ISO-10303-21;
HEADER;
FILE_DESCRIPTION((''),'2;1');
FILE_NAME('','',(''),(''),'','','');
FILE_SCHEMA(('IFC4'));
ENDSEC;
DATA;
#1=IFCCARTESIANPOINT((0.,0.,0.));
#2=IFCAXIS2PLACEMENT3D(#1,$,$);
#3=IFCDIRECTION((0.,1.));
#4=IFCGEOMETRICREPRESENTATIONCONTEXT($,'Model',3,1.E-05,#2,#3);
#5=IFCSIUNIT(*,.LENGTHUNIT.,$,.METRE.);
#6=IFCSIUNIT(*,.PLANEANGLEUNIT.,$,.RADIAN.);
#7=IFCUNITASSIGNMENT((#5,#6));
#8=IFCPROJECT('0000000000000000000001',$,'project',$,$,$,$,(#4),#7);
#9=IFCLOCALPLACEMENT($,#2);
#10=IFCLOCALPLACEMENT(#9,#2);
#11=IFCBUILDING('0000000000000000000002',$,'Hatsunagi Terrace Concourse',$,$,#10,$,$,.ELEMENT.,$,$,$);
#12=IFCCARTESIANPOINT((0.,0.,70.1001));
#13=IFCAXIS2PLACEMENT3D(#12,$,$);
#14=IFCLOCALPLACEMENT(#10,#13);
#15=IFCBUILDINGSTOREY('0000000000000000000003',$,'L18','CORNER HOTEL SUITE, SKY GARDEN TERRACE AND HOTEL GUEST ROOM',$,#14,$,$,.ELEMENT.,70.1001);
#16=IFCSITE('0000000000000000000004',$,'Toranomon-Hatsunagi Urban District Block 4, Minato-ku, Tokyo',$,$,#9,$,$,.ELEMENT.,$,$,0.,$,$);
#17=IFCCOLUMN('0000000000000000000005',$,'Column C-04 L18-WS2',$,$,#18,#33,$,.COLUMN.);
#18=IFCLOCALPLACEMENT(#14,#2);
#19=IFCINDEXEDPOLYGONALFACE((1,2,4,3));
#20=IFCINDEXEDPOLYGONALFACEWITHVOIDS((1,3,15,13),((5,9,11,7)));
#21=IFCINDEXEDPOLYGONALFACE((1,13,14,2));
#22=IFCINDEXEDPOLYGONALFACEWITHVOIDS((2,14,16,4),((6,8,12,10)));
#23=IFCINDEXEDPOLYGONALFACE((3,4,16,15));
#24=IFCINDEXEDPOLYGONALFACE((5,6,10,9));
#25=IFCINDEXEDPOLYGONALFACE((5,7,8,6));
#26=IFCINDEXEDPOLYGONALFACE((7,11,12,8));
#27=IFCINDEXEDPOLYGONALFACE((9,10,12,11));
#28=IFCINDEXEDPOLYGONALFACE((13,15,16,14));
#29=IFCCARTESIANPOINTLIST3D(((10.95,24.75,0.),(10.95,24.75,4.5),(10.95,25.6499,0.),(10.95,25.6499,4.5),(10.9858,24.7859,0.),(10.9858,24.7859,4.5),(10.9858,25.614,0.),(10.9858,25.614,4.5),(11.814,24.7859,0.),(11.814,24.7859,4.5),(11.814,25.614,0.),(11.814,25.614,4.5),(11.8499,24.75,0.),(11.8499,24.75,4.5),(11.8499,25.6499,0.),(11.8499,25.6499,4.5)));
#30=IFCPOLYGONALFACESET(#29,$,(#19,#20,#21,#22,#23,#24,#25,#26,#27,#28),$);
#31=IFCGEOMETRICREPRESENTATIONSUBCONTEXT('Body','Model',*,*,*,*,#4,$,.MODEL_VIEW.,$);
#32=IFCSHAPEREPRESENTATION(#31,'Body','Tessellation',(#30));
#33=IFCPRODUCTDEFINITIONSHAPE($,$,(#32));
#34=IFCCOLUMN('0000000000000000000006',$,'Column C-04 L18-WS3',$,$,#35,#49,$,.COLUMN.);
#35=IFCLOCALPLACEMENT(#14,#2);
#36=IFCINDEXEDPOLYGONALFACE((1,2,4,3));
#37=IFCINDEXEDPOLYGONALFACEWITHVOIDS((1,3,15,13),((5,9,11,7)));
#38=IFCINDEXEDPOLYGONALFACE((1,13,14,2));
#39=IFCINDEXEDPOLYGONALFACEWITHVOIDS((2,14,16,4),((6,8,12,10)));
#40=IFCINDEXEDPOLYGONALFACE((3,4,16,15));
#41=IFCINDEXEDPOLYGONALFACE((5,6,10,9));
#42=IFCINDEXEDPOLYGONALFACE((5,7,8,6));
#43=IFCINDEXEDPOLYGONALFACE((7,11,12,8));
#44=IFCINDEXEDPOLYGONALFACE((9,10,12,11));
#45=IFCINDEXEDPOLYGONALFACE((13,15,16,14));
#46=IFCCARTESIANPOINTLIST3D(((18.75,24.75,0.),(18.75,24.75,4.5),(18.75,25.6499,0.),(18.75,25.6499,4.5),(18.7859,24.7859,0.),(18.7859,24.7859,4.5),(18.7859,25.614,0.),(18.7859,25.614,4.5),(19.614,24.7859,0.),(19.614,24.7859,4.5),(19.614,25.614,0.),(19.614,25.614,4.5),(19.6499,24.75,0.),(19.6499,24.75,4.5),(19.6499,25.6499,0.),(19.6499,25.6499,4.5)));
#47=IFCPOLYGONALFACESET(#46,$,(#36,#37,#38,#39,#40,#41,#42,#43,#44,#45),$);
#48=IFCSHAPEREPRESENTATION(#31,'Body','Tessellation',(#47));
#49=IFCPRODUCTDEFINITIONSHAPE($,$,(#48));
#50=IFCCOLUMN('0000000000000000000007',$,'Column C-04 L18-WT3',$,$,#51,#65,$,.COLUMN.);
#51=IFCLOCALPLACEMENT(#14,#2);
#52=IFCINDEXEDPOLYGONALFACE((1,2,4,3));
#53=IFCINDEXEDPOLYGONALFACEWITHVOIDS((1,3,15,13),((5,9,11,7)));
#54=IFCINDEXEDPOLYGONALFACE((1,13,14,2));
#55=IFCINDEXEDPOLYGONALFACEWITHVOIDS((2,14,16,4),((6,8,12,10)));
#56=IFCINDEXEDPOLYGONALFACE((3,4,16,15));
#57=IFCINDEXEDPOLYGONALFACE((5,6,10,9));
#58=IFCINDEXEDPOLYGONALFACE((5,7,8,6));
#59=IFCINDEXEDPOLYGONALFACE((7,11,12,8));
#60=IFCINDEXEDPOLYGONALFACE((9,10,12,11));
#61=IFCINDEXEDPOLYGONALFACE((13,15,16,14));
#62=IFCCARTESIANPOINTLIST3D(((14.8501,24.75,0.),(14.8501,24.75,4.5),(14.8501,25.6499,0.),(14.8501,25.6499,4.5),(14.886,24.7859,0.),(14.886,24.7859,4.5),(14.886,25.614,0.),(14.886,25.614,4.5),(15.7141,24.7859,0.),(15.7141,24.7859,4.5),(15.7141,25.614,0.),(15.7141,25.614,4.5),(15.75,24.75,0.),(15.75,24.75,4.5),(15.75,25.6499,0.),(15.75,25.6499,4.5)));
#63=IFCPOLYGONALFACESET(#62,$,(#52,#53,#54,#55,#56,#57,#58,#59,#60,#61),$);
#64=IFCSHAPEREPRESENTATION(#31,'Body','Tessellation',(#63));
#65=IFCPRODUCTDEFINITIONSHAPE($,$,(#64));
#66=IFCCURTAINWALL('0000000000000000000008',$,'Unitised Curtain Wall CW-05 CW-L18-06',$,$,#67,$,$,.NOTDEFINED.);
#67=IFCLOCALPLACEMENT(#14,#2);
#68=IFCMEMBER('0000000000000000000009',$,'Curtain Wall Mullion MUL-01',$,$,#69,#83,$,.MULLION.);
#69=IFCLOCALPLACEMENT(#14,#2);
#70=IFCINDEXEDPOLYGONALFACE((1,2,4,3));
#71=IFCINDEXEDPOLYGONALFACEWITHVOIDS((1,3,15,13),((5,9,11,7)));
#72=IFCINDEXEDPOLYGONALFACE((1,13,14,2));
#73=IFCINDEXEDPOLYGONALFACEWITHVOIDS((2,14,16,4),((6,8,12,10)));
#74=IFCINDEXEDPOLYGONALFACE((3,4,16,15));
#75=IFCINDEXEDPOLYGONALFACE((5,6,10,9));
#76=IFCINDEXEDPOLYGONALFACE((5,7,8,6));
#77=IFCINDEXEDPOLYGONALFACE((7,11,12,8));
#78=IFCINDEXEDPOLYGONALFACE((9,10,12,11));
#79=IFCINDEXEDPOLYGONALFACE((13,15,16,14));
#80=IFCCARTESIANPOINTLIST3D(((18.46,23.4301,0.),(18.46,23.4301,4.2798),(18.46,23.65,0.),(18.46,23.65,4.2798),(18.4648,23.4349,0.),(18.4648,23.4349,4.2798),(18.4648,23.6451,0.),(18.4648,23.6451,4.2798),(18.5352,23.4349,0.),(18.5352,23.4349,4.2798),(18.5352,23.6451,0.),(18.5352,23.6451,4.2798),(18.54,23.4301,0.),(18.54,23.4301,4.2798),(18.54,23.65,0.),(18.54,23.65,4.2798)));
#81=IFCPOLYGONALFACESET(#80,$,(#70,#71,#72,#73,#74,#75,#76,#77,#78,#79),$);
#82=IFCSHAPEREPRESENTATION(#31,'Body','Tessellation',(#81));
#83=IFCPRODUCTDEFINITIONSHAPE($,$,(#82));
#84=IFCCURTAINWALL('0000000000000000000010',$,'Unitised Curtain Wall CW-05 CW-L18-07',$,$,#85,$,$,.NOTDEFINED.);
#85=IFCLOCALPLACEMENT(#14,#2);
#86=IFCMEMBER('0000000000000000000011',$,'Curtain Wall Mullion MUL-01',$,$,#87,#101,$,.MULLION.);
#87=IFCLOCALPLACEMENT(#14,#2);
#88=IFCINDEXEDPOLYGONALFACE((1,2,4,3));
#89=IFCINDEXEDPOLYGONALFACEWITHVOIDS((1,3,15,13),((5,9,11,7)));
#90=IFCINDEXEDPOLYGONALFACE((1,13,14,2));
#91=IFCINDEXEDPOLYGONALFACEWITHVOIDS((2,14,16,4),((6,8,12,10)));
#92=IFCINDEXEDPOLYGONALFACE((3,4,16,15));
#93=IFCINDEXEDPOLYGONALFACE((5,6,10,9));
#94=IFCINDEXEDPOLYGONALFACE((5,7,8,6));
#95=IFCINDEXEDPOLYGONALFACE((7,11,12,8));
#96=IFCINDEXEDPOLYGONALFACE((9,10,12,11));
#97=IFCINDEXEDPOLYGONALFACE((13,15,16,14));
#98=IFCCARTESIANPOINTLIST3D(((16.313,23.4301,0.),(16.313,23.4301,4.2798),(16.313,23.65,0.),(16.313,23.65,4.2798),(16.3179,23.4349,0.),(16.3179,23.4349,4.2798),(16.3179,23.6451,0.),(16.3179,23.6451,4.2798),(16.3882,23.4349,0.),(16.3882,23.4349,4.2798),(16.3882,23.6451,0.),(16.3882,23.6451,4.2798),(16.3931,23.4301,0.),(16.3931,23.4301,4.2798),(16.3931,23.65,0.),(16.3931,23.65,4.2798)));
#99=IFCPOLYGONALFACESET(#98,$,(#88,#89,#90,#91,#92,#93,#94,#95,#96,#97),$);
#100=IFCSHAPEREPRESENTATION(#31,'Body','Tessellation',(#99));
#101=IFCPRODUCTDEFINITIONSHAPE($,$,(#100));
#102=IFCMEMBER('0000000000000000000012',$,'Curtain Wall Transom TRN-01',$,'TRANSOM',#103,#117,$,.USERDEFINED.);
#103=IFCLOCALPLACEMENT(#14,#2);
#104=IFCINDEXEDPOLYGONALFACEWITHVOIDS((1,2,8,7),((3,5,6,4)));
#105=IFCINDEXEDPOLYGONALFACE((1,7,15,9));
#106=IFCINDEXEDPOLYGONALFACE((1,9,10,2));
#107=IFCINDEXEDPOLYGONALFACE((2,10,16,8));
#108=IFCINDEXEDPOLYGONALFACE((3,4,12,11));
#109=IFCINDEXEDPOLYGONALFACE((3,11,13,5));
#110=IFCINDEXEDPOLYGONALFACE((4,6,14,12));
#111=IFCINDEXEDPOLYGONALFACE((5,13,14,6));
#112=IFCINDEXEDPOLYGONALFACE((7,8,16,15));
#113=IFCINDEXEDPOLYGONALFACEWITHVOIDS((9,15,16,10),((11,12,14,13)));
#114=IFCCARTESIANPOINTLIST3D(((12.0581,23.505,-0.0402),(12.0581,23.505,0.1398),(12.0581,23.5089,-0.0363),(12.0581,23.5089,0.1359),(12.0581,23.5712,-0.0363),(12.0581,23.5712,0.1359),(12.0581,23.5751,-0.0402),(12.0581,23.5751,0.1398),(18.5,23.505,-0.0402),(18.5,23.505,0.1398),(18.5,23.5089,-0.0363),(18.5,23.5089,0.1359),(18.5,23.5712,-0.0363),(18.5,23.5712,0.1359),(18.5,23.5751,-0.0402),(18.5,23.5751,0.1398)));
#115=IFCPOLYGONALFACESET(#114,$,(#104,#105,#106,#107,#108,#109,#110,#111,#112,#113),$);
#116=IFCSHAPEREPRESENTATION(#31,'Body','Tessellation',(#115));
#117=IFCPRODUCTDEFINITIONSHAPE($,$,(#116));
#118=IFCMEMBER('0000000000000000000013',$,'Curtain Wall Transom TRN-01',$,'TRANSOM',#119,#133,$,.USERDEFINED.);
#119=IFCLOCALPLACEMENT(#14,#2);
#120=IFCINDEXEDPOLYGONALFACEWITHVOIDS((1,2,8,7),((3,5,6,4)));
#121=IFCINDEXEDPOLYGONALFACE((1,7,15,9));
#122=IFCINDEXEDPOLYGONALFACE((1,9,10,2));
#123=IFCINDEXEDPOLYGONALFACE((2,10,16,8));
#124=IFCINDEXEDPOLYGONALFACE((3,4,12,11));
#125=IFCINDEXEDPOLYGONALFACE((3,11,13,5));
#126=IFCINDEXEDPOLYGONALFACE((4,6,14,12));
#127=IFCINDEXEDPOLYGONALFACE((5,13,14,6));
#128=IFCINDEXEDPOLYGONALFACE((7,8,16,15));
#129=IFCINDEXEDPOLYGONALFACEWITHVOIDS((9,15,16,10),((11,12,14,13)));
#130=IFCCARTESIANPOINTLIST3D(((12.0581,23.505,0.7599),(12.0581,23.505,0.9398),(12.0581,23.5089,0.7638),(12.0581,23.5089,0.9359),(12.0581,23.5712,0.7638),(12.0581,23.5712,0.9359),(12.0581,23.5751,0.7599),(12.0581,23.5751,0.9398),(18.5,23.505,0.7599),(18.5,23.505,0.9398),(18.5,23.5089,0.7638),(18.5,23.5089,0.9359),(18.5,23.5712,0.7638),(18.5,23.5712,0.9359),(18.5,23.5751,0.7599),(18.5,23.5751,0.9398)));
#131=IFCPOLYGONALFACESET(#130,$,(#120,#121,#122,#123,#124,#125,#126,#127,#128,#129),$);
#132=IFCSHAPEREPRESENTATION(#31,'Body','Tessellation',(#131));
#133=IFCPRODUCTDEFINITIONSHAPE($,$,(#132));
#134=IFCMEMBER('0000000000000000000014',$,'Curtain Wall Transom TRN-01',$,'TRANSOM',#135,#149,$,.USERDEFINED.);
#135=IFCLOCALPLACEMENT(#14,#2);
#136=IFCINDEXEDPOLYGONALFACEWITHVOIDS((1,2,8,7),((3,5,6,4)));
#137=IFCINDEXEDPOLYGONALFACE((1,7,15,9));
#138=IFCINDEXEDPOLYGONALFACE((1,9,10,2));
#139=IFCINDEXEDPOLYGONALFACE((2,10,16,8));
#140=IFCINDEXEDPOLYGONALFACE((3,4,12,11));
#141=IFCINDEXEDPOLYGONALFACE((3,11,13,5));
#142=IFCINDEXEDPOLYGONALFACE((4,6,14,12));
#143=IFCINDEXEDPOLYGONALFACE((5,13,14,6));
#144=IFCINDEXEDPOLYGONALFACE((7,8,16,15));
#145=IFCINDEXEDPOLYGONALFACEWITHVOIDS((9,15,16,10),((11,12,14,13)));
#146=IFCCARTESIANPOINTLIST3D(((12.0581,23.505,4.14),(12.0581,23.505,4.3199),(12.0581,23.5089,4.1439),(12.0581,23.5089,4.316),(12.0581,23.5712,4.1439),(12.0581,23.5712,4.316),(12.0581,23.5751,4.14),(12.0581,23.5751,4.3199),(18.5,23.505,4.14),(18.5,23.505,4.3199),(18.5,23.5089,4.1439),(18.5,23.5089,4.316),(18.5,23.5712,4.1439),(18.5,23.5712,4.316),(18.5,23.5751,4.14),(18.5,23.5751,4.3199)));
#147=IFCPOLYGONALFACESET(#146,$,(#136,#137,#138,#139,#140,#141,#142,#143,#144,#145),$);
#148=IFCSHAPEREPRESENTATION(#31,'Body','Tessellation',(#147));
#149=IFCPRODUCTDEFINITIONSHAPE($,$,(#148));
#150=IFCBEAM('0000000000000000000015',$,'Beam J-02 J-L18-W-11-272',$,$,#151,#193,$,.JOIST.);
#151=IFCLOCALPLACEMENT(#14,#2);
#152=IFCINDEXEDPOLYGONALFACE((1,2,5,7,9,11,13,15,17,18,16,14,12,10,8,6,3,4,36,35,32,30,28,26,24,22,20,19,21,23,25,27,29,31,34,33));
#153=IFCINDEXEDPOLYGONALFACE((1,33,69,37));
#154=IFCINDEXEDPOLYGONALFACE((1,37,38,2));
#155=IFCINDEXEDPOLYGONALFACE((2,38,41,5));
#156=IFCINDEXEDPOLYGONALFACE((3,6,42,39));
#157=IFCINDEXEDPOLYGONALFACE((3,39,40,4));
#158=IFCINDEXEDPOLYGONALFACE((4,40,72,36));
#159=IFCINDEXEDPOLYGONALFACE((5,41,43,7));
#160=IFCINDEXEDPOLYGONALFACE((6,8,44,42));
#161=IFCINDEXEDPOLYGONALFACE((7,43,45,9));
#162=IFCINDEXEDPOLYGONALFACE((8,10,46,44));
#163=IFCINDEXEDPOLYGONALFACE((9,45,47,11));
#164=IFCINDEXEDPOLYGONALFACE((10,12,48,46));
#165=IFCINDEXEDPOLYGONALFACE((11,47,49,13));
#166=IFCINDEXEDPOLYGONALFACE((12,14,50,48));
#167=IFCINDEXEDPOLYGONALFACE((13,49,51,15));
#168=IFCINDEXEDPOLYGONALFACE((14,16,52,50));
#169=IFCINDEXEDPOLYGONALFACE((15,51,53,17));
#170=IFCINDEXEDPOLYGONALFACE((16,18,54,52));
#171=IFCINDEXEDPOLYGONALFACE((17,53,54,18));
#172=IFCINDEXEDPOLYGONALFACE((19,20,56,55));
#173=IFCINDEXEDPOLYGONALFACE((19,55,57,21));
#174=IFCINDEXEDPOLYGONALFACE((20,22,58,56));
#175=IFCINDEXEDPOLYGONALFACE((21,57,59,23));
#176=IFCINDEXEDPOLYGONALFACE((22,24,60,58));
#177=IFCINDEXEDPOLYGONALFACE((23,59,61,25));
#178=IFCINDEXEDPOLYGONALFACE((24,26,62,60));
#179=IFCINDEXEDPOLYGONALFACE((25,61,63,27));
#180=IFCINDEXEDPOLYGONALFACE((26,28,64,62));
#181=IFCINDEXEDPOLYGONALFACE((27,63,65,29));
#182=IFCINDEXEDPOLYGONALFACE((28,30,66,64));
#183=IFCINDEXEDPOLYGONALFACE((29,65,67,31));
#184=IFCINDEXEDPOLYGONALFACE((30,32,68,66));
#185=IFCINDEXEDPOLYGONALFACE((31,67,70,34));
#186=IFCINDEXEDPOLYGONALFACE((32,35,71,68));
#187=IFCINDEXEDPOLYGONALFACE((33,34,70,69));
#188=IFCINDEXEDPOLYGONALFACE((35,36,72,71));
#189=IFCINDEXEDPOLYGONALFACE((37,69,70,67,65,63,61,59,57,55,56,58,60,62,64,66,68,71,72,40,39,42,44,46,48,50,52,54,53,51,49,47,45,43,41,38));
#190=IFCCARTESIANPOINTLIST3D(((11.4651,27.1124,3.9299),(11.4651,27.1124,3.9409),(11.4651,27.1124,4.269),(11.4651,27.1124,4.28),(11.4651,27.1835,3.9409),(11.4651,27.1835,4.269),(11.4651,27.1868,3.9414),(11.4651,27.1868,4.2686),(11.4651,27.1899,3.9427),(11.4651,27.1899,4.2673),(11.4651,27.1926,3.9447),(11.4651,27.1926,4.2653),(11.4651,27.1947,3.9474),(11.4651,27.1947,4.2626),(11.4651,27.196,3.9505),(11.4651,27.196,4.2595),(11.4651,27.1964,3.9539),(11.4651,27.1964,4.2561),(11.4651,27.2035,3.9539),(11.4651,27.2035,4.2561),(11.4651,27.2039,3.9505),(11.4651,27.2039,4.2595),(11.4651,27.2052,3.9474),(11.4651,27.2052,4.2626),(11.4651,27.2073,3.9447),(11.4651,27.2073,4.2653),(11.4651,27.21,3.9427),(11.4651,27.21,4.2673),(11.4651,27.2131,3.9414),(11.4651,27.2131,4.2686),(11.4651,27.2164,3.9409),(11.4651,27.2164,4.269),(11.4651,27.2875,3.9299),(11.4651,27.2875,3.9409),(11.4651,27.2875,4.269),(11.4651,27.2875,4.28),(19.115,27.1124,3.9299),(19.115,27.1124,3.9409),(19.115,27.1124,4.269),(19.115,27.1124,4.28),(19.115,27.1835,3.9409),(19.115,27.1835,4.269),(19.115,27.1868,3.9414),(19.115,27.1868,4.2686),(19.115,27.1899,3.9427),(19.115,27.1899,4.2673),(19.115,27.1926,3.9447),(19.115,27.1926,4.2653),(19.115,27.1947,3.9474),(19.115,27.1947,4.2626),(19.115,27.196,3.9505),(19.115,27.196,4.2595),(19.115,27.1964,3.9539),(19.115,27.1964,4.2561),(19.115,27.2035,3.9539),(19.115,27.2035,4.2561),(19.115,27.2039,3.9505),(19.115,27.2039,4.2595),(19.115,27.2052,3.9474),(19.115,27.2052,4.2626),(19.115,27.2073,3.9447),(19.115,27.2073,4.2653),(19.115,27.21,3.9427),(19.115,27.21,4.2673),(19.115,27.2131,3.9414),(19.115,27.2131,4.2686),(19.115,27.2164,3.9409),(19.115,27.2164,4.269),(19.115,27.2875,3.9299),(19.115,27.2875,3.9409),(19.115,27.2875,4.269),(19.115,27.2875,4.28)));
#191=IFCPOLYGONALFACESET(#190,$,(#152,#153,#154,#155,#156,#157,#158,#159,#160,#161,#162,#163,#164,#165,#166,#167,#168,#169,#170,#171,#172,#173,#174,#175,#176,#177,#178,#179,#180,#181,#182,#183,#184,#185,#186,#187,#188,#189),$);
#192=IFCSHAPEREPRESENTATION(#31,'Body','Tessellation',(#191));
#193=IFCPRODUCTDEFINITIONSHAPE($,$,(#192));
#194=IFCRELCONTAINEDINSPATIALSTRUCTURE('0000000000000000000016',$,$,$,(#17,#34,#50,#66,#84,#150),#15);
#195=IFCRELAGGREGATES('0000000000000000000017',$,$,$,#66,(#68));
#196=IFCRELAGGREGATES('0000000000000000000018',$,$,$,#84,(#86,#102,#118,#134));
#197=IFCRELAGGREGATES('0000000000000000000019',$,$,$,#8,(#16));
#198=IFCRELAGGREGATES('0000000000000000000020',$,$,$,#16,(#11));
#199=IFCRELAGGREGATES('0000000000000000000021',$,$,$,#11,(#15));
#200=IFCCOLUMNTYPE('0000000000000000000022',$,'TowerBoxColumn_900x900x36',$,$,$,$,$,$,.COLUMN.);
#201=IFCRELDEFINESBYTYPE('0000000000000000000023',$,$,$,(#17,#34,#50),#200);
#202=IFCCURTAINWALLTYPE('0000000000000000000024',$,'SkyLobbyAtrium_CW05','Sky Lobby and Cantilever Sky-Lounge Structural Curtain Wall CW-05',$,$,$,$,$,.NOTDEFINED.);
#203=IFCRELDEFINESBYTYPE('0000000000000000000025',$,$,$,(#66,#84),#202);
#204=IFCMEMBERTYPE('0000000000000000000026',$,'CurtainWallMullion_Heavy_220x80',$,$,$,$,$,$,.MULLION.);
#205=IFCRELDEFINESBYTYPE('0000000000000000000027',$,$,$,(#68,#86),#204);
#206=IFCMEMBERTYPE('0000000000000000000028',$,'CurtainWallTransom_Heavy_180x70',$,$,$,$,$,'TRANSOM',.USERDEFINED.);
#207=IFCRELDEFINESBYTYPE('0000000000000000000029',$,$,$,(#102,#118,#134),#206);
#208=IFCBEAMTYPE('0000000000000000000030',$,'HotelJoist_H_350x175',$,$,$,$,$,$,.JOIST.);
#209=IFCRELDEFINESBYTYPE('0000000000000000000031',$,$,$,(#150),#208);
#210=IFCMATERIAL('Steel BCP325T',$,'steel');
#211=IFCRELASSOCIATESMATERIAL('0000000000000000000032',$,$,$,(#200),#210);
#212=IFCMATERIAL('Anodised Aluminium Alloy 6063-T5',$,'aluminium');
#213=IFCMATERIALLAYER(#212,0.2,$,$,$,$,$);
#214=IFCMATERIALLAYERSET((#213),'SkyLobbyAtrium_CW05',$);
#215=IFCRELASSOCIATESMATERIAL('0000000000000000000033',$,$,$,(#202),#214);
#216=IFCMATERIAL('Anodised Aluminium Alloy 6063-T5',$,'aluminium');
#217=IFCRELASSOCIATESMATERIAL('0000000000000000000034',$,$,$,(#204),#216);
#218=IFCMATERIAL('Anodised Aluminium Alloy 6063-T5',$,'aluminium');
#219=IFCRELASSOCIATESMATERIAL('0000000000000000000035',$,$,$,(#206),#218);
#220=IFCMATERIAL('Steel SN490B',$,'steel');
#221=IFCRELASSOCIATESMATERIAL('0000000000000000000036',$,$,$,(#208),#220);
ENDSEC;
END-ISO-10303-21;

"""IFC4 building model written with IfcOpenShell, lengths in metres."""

from ifc_helpers import new_model, si_unit, direction, frame, origin, origin_2d, place, context, subcontext, project, spatial, hollow_rectangle, i_section, extrude, material, layer, layer_set, material_profile, profile_set, type_object, element, aggregate, save


model = new_model("IFC4")

# Units and contexts
model_context = context("Model", 3, precision=1e-05, world=origin(), true_north=direction((0.0, 1.0)))
body_context = subcontext(model_context, "Body", "Model", "MODEL_VIEW")
ifc_project = project(units=[si_unit("LENGTHUNIT", "METRE"), si_unit("PLANEANGLEUNIT", "RADIAN")], contexts=[model_context])

# Site, building, storey
site_placement = place(None, origin())
site = spatial("IfcSite", under=ifc_project, at=site_placement, Name="Toranomon-Hatsunagi Urban District Block 4, Minato-ku, Tokyo", CompositionType="ELEMENT", RefElevation=0.0)
building_placement = place(site_placement, origin())
building = spatial("IfcBuilding", under=site, at=building_placement, Name="Hatsunagi Terrace Concourse", CompositionType="ELEMENT")
storey_placement = place(building_placement, frame((0.0, 0.0, 70.1001)))
storey = spatial("IfcBuildingStorey", under=building, at=storey_placement, Name="L18", Description="CORNER HOTEL SUITE, SKY GARDEN TERRACE AND HOTEL GUEST ROOM", CompositionType="ELEMENT", Elevation=70.1001)

# Columns
ifc_material_1 = material(Name="Steel BCP325T", Category="steel")
ifc_material_profile_1 = material_profile(ifc_material_1, hollow_rectangle(XDim=0.8999, YDim=0.8999, WallThickness=0.0359, at=origin_2d()), Name="BCP-900x900x36")
ifc_profile_set_1 = profile_set([ifc_material_profile_1], Name="Steel BCP325T")
column_type = type_object("IfcColumnType", Name="TowerBoxColumn_900x900x36", PredefinedType="COLUMN", material=ifc_profile_set_1)
for number, where, z_axis, x_axis, name in (
    (1, (11.3999, 25.2, 0.0), (0.0, 0.0, 1.0), (1.0, 0.0, 0.0), "Column C-04 L18-WS2"),
    (2, (19.2, 25.2, 0.0), (0.0, 0.0, 1.0), (1.0, 0.0, 0.0), "Column C-04 L18-WS3"),
    (3, (15.3, 25.2, 0.0), (0.0, 0.0, 1.0), (1.0, 0.0, 0.0), "Column C-04 L18-WT3"),
):
    element("IfcColumn", number, at=place(storey_placement, frame(where, z_axis=z_axis, x_axis=x_axis)), inside=storey, type_object=column_type, Name=name, PredefinedType="COLUMN", context=body_context, shape_type="SweptSolid", body=[
        extrude(hollow_rectangle(XDim=0.8999, YDim=0.8999, WallThickness=0.0359, at=origin_2d()), origin(), (0.0, 0.0, 1.0), 4.5),
    ])

# Curtain wall, member
ifc_material_2 = material(Name="Anodised Aluminium Alloy 6063-T5", Category="aluminium")
ifc_layer_1 = layer(ifc_material_2, 0.2)
ifc_layer_set_1 = layer_set([ifc_layer_1], Name="SkyLobbyAtrium_CW05")
curtain_wall_type = type_object("IfcCurtainWallType", Name="SkyLobbyAtrium_CW05", Description="Sky Lobby and Cantilever Sky-Lounge Structural Curtain Wall CW-05", PredefinedType="NOTDEFINED", material=ifc_layer_set_1)
curtain_wall_1_placement = place(storey_placement, origin())
curtain_wall_1 = element("IfcCurtainWall", 4, at=curtain_wall_1_placement, inside=storey, type_object=curtain_wall_type, Name="Unitised Curtain Wall CW-05 CW-L18-06", PredefinedType="NOTDEFINED")
ifc_material_3 = material(Name="Anodised Aluminium Alloy 6063-T5", Category="aluminium")
ifc_material_profile_2 = material_profile(ifc_material_3, hollow_rectangle(XDim=0.0801, YDim=0.22, WallThickness=0.0049, at=origin_2d()), Name="ALU-MUL-220x80x5")
ifc_profile_set_2 = profile_set([ifc_material_profile_2], Name="Anodised Aluminium Alloy 6063-T5")
member_type_1 = type_object("IfcMemberType", Name="CurtainWallMullion_Heavy_220x80", PredefinedType="MULLION", material=ifc_profile_set_2)
member_1_placement = place(storey_placement, frame((18.5, 23.54, 0.0), z_axis=(0.0, 0.0, 1.0), x_axis=(-1.0, 0.0, 0.0)))
member_1 = element("IfcMember", 5, at=member_1_placement, type_object=member_type_1, Name="Curtain Wall Mullion MUL-01", PredefinedType="MULLION", context=body_context, shape_type="SweptSolid", body=[
    extrude(hollow_rectangle(XDim=0.0801, YDim=0.22, WallThickness=0.0049, at=origin_2d()), origin(), (0.0, 0.0, 1.0), 4.2798),
])
aggregate(curtain_wall_1, [member_1])

# Curtain wall, members
curtain_wall_2_placement = place(storey_placement, origin())
curtain_wall_2 = element("IfcCurtainWall", 6, at=curtain_wall_2_placement, inside=storey, type_object=curtain_wall_type, Name="Unitised Curtain Wall CW-05 CW-L18-07", PredefinedType="NOTDEFINED")
member_2_placement = place(storey_placement, frame((16.353, 23.54, 0.0), z_axis=(0.0, 0.0, 1.0), x_axis=(-1.0, 0.0, 0.0)))
member_2 = element("IfcMember", 7, at=member_2_placement, type_object=member_type_1, Name="Curtain Wall Mullion MUL-01", PredefinedType="MULLION", context=body_context, shape_type="SweptSolid", body=[
    extrude(hollow_rectangle(XDim=0.0801, YDim=0.22, WallThickness=0.0049, at=origin_2d()), origin(), (0.0, 0.0, 1.0), 4.2798),
])
ifc_material_4 = material(Name="Anodised Aluminium Alloy 6063-T5", Category="aluminium")
ifc_material_profile_3 = material_profile(ifc_material_4, hollow_rectangle(XDim=0.0701, YDim=0.1799, WallThickness=0.0039, at=origin_2d()), Name="ALU-TRN-180x70x4")
ifc_profile_set_3 = profile_set([ifc_material_profile_3], Name="Anodised Aluminium Alloy 6063-T5")
member_type_2 = type_object("IfcMemberType", Name="CurtainWallTransom_Heavy_180x70", ElementType="TRANSOM", PredefinedType="USERDEFINED", material=ifc_profile_set_3)
member_3_placement = place(storey_placement, frame((18.5, 23.54, 0.0498), z_axis=(-1.0, 0.0, 0.0), x_axis=(0.0, -1.0, 0.0)))
member_3 = element("IfcMember", 8, at=member_3_placement, type_object=member_type_2, Name="Curtain Wall Transom TRN-01", ObjectType="TRANSOM", PredefinedType="USERDEFINED", context=body_context, shape_type="SweptSolid", body=[
    extrude(hollow_rectangle(XDim=0.0701, YDim=0.1799, WallThickness=0.0039, at=origin_2d()), origin(), (0.0, 0.0, 1.0), 6.4419),
])
member_4_placement = place(storey_placement, frame((18.5, 23.54, 0.8499), z_axis=(-1.0, 0.0, 0.0), x_axis=(0.0, -1.0, 0.0)))
member_4 = element("IfcMember", 9, at=member_4_placement, type_object=member_type_2, Name="Curtain Wall Transom TRN-01", ObjectType="TRANSOM", PredefinedType="USERDEFINED", context=body_context, shape_type="SweptSolid", body=[
    extrude(hollow_rectangle(XDim=0.0701, YDim=0.1799, WallThickness=0.0039, at=origin_2d()), origin(), (0.0, 0.0, 1.0), 6.4419),
])
member_5_placement = place(storey_placement, frame((18.5, 23.54, 4.23), z_axis=(-1.0, 0.0, 0.0), x_axis=(0.0, -1.0, 0.0)))
member_5 = element("IfcMember", 10, at=member_5_placement, type_object=member_type_2, Name="Curtain Wall Transom TRN-01", ObjectType="TRANSOM", PredefinedType="USERDEFINED", context=body_context, shape_type="SweptSolid", body=[
    extrude(hollow_rectangle(XDim=0.0701, YDim=0.1799, WallThickness=0.0039, at=origin_2d()), origin(), (0.0, 0.0, 1.0), 6.4419),
])

# Beam
ifc_material_5 = material(Name="Steel SN490B", Category="steel")
ifc_material_profile_4 = material_profile(ifc_material_5, i_section(OverallWidth=0.175, OverallDepth=0.3501, WebThickness=0.0071, FlangeThickness=0.011, FilletRadius=0.0129, at=origin_2d()), Name="H-350x175x7x11")
ifc_profile_set_4 = profile_set([ifc_material_profile_4], Name="Steel SN490B")
beam_type_1 = type_object("IfcBeamType", Name="HotelJoist_H_350x175", PredefinedType="JOIST", material=ifc_profile_set_4)
for number, where, z_axis, x_axis, name in (
    (11, (11.4651, 27.2, 4.105), (1.0, 0.0, 0.0), (0.0, 1.0, 0.0), "Beam J-02 J-L18-W-11-272"),
):
    element("IfcBeam", number, at=place(storey_placement, frame(where, z_axis=z_axis, x_axis=x_axis)), inside=storey, type_object=beam_type_1, Name=name, PredefinedType="JOIST", context=body_context, shape_type="SweptSolid", body=[
        extrude(i_section(OverallWidth=0.175, OverallDepth=0.3501, WebThickness=0.0071, FlangeThickness=0.011, FilletRadius=0.0129, at=origin_2d()), origin(), (0.0, 0.0, 1.0), 7.6499),
    ])

aggregate(curtain_wall_2, [member_2, member_3, member_4, member_5])

save(model, "model.ifc")
